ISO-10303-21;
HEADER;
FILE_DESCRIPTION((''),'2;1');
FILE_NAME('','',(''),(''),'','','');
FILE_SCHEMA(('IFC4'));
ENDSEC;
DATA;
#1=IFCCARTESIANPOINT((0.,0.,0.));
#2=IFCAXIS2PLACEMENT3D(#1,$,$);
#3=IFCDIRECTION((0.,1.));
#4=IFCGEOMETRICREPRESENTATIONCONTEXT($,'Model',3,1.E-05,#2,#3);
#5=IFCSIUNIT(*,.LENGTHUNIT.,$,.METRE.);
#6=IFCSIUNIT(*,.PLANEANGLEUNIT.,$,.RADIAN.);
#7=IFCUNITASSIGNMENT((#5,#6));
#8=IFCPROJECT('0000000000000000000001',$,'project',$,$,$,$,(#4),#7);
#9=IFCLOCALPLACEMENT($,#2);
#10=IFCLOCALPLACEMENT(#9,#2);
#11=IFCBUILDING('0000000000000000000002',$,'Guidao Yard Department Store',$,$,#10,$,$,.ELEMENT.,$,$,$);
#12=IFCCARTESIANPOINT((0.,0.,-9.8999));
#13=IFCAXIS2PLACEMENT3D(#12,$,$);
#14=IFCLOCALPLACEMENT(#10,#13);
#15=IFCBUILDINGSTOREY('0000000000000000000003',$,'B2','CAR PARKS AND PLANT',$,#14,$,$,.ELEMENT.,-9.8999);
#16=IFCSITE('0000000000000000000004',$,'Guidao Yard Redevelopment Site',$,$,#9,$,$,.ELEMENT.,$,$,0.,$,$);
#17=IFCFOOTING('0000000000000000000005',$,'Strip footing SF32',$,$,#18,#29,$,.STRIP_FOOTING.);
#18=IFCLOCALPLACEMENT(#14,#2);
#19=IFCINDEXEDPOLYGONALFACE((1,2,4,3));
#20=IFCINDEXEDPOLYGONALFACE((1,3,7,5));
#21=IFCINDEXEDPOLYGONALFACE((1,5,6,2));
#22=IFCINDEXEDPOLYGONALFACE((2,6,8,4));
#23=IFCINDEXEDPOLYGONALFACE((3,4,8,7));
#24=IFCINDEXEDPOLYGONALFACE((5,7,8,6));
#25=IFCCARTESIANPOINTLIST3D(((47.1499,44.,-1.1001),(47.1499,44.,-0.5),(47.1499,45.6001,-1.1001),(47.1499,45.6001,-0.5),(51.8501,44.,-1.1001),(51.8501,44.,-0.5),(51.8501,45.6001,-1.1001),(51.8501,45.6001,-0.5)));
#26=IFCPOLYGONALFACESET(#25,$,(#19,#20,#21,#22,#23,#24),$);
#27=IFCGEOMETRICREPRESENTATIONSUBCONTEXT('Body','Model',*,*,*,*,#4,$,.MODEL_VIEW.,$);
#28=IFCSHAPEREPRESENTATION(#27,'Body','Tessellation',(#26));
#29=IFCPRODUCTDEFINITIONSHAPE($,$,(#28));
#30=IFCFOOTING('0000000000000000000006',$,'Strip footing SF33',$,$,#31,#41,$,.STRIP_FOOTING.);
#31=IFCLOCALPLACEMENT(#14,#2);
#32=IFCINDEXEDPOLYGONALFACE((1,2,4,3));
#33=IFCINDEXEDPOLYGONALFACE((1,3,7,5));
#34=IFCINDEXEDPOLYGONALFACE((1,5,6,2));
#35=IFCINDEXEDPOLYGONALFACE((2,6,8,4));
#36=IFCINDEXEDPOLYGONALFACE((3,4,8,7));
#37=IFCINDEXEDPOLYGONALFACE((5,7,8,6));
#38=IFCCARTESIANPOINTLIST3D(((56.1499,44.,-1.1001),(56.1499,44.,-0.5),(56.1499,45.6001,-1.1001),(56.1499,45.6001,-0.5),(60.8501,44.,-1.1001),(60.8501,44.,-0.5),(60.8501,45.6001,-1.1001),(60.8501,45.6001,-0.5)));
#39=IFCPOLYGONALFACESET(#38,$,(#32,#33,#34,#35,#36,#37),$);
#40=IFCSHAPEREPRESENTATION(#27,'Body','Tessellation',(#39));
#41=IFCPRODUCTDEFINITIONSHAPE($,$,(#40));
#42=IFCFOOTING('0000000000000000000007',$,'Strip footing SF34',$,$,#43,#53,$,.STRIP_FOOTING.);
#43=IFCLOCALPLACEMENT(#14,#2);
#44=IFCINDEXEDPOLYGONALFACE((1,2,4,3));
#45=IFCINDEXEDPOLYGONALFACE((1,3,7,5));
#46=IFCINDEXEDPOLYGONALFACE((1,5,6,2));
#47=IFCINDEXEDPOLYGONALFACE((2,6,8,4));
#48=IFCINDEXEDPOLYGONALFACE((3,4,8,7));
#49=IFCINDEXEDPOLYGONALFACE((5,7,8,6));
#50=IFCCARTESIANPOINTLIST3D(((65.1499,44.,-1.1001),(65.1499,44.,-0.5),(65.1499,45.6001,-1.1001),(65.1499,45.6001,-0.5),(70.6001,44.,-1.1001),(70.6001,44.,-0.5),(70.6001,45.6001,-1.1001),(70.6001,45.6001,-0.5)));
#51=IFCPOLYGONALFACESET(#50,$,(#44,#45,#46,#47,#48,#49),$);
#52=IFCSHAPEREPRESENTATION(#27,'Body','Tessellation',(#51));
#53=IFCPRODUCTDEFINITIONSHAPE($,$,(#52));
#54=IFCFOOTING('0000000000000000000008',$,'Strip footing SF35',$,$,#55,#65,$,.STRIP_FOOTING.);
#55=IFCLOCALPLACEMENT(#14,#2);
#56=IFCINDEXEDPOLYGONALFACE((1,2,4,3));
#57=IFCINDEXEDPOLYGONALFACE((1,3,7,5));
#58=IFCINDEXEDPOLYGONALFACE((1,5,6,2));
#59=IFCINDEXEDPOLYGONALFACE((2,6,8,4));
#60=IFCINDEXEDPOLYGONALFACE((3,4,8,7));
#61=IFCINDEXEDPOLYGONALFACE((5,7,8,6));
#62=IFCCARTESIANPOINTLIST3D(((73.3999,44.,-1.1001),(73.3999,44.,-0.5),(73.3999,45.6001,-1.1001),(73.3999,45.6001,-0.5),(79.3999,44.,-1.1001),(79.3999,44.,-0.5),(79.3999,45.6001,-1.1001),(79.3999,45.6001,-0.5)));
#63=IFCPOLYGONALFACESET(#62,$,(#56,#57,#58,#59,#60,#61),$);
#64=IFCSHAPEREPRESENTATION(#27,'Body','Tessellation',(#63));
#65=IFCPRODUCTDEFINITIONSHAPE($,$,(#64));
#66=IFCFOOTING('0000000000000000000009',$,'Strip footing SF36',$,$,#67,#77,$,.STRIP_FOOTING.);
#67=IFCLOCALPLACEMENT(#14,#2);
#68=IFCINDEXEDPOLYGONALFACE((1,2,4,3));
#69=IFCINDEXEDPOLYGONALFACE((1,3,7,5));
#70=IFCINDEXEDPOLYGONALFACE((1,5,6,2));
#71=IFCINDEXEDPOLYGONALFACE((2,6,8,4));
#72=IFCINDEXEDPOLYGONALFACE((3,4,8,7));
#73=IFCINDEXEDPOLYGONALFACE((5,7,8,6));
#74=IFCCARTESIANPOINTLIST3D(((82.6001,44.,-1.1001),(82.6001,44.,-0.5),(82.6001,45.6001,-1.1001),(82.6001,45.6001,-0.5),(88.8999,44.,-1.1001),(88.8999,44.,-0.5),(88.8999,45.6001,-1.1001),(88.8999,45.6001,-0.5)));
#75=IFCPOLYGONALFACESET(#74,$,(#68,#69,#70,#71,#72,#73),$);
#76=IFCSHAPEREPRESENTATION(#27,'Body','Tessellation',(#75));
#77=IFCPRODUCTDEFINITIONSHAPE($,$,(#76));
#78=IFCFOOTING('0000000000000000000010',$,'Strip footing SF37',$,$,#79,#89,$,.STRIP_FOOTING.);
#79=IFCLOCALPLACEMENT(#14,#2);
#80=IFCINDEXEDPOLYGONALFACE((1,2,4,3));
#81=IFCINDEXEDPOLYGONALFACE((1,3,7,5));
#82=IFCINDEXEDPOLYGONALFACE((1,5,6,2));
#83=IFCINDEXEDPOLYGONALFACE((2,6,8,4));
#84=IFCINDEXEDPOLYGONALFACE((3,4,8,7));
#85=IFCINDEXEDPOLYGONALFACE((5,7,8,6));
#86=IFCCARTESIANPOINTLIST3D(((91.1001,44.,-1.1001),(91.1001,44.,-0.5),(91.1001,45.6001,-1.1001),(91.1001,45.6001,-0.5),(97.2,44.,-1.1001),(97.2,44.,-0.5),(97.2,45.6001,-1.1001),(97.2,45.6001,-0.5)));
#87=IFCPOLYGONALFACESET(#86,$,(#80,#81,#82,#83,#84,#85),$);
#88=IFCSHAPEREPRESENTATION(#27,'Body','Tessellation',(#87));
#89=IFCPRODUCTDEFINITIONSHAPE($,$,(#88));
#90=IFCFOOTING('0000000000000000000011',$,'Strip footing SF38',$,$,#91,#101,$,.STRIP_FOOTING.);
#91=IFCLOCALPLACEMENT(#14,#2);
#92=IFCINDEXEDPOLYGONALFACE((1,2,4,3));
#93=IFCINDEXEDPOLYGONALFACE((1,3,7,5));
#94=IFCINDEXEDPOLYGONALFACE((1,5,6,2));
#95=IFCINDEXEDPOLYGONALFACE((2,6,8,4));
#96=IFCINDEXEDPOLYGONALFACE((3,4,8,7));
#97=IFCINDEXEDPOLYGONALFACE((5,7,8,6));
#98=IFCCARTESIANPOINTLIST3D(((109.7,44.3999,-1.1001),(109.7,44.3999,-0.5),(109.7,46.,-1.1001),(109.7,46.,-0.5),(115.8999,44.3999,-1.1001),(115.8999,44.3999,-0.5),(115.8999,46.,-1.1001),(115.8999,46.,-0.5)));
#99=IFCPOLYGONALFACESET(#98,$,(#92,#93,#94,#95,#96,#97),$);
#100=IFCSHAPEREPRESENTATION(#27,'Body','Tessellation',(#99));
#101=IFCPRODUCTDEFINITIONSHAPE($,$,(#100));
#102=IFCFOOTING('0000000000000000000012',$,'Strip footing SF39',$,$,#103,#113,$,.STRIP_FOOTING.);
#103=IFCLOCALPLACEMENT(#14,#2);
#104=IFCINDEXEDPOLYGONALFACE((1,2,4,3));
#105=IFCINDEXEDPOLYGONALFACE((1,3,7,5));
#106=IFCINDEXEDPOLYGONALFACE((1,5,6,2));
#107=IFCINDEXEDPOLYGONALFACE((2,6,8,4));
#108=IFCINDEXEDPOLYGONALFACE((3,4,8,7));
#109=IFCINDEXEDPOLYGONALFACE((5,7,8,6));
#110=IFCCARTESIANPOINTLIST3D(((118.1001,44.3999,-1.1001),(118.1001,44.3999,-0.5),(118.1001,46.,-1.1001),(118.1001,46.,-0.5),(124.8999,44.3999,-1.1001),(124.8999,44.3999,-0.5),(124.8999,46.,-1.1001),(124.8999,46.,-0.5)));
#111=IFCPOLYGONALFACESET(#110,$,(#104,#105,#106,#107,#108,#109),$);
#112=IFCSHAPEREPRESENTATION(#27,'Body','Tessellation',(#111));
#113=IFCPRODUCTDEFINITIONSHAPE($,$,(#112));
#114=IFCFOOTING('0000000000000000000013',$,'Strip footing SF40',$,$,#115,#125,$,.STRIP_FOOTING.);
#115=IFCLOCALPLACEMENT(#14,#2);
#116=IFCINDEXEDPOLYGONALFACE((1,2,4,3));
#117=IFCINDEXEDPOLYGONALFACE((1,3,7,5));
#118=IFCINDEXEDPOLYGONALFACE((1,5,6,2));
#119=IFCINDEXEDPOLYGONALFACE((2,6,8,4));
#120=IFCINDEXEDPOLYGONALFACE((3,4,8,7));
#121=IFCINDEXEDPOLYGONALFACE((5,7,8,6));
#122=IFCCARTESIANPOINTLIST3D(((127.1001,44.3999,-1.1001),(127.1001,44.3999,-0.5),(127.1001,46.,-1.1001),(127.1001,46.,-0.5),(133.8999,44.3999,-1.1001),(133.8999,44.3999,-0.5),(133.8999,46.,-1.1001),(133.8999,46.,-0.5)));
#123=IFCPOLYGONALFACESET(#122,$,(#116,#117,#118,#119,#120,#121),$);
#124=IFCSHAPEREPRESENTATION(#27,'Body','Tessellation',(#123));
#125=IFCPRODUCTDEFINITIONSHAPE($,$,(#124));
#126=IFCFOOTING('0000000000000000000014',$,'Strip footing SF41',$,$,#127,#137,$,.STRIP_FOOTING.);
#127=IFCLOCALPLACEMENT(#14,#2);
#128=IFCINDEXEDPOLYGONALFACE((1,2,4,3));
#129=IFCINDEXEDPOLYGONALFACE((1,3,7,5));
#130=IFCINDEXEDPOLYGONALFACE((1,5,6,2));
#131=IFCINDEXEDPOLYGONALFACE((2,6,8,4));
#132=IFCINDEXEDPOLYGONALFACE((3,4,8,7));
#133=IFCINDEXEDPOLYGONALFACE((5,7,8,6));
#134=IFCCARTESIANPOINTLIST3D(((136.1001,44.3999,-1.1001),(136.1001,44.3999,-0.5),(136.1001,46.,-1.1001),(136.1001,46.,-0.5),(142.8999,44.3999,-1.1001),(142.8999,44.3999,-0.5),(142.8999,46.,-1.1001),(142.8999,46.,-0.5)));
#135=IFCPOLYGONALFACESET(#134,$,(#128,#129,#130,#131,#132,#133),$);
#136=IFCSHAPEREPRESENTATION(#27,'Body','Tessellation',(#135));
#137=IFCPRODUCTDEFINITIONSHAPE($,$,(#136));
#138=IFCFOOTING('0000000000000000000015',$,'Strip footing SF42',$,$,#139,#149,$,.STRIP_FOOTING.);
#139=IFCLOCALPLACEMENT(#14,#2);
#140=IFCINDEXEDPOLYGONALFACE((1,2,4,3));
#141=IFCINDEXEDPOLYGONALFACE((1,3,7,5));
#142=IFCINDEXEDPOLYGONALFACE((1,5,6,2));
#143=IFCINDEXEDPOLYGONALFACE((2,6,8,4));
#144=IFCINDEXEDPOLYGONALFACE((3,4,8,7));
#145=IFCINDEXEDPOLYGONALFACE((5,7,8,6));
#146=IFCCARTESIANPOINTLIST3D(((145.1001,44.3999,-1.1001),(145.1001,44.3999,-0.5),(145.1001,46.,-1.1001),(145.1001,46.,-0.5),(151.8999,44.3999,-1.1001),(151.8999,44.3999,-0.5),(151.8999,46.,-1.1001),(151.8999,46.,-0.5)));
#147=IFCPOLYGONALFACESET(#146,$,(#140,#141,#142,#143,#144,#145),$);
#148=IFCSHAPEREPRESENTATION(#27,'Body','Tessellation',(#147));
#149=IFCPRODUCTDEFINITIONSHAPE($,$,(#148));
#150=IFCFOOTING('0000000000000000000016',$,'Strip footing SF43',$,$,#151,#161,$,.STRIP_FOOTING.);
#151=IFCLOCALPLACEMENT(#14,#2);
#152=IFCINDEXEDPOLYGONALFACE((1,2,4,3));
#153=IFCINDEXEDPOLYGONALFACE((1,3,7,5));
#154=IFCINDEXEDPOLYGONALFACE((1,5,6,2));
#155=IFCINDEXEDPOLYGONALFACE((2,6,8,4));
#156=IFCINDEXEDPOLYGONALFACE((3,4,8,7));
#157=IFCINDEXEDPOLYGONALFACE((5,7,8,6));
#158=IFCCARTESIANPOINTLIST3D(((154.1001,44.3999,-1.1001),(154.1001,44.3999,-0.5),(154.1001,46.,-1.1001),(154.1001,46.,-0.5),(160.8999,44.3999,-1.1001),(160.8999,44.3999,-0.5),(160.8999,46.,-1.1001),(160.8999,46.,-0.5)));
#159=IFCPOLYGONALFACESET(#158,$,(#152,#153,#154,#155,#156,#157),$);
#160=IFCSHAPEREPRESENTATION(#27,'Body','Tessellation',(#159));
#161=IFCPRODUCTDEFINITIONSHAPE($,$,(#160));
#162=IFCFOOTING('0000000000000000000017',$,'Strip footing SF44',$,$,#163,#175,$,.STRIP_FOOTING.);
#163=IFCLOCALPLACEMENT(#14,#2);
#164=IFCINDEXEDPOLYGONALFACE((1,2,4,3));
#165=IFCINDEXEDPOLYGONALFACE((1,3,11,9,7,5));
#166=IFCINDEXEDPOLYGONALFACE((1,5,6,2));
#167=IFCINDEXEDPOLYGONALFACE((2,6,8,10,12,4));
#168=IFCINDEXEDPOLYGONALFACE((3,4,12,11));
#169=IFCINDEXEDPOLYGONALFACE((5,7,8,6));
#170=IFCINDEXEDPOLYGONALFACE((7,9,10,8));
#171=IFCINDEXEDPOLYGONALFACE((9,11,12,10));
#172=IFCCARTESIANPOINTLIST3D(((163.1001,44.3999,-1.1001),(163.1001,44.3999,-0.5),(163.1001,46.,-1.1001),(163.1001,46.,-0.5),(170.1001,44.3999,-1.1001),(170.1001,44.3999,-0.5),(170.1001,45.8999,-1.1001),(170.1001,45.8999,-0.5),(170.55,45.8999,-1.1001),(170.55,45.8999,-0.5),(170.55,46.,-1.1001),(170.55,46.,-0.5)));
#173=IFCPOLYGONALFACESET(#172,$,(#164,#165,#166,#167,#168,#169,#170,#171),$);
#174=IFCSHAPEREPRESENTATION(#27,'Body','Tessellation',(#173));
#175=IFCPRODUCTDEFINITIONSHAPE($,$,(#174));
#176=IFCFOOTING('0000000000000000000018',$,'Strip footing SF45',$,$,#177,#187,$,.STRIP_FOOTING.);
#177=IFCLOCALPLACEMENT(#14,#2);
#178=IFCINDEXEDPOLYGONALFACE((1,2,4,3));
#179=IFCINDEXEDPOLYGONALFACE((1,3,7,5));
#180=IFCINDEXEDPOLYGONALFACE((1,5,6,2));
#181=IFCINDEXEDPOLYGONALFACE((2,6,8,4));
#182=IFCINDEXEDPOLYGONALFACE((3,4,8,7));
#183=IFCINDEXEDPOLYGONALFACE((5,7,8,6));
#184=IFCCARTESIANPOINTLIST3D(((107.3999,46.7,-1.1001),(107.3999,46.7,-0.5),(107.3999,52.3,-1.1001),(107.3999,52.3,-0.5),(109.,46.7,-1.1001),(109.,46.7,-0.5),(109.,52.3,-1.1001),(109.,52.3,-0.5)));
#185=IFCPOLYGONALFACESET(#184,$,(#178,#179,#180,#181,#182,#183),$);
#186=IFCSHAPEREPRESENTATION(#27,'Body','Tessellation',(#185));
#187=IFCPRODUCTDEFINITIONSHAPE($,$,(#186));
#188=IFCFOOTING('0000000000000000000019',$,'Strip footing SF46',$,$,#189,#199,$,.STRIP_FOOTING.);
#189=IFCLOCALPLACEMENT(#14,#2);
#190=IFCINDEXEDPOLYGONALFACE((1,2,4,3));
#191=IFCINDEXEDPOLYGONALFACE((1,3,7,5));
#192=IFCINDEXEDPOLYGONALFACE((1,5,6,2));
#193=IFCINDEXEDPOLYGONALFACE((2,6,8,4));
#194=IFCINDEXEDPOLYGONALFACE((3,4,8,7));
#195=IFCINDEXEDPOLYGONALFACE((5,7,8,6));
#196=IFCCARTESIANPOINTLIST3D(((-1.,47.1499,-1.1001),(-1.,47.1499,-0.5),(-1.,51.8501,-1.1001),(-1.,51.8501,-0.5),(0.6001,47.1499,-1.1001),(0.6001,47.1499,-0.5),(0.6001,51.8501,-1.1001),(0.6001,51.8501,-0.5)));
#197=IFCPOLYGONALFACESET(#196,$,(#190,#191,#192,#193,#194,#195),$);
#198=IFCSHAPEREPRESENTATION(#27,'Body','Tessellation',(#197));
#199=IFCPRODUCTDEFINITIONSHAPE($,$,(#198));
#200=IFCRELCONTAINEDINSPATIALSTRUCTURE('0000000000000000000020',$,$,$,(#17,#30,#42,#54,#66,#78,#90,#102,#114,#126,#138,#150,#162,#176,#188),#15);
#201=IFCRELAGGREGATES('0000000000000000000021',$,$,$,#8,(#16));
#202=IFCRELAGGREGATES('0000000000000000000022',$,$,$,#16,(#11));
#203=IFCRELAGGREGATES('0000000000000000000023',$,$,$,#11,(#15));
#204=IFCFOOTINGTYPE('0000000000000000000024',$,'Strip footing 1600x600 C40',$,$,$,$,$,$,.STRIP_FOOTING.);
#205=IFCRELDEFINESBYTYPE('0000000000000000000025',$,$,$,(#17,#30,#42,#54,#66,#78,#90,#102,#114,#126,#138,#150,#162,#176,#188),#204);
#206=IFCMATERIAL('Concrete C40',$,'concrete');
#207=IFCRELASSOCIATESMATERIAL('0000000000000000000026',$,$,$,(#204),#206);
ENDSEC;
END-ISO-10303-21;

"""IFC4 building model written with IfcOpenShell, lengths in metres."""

from ifc_helpers import new_model, si_unit, direction, frame, origin, place, context, subcontext, project, spatial, polyline, outline, extrude, material, type_object, element, save


model = new_model("IFC4")

# Units and contexts
model_context = context("Model", 3, precision=1e-05, world=origin(), true_north=direction((0.0, 1.0)))
body_context = subcontext(model_context, "Body", "Model", "MODEL_VIEW")
ifc_project = project(units=[si_unit("LENGTHUNIT", "METRE"), si_unit("PLANEANGLEUNIT", "RADIAN")], contexts=[model_context])

# Site, building, storey
site_placement = place(None, origin())
site = spatial("IfcSite", under=ifc_project, at=site_placement, Name="Guidao Yard Redevelopment Site", CompositionType="ELEMENT", RefElevation=0.0)
building_placement = place(site_placement, origin())
building = spatial("IfcBuilding", under=site, at=building_placement, Name="Guidao Yard Department Store", CompositionType="ELEMENT")
storey_placement = place(building_placement, frame((0.0, 0.0, -9.8999)))
storey = spatial("IfcBuildingStorey", under=building, at=storey_placement, Name="B2", Description="CAR PARKS AND PLANT", CompositionType="ELEMENT", Elevation=-9.8999)

# Footings
ifc_material_1 = material(Name="Concrete C40", Category="concrete")
footing_type_1 = type_object("IfcFootingType", Name="Strip footing 1600x600 C40", PredefinedType="STRIP_FOOTING", material=ifc_material_1)
footing_1_placement = place(storey_placement, frame((0.0, 0.0, -1.1001)))
element("IfcFooting", 1, at=footing_1_placement, inside=storey, type_object=footing_type_1, Name="Strip footing SF32", PredefinedType="STRIP_FOOTING", context=body_context, shape_type="SweptSolid", body=[
    extrude(outline(polyline([(47.1499, 44.0), (51.8501, 44.0), (51.8501, 45.6001), (47.1499, 45.6001), (47.1499, 44.0)])), origin(), (0.0, 0.0, 1.0), 0.6001),
])
footing_2_placement = place(storey_placement, frame((0.0, 0.0, -1.1001)))
element("IfcFooting", 2, at=footing_2_placement, inside=storey, type_object=footing_type_1, Name="Strip footing SF33", PredefinedType="STRIP_FOOTING", context=body_context, shape_type="SweptSolid", body=[
    extrude(outline(polyline([(56.1499, 44.0), (60.8501, 44.0), (60.8501, 45.6001), (56.1499, 45.6001), (56.1499, 44.0)])), origin(), (0.0, 0.0, 1.0), 0.6001),
])
footing_3_placement = place(storey_placement, frame((0.0, 0.0, -1.1001)))
element("IfcFooting", 3, at=footing_3_placement, inside=storey, type_object=footing_type_1, Name="Strip footing SF34", PredefinedType="STRIP_FOOTING", context=body_context, shape_type="SweptSolid", body=[
    extrude(outline(polyline([(65.1499, 44.0), (70.6001, 44.0), (70.6001, 45.6001), (65.1499, 45.6001), (65.1499, 44.0)])), origin(), (0.0, 0.0, 1.0), 0.6001),
])
footing_4_placement = place(storey_placement, frame((0.0, 0.0, -1.1001)))
element("IfcFooting", 4, at=footing_4_placement, inside=storey, type_object=footing_type_1, Name="Strip footing SF35", PredefinedType="STRIP_FOOTING", context=body_context, shape_type="SweptSolid", body=[
    extrude(outline(polyline([(79.3999, 45.6001), (73.3999, 45.6001), (73.3999, 44.0), (79.3999, 44.0), (79.3999, 45.6001)])), origin(), (0.0, 0.0, 1.0), 0.6001),
])
footing_5_placement = place(storey_placement, frame((0.0, 0.0, -1.1001)))
element("IfcFooting", 5, at=footing_5_placement, inside=storey, type_object=footing_type_1, Name="Strip footing SF36", PredefinedType="STRIP_FOOTING", context=body_context, shape_type="SweptSolid", body=[
    extrude(outline(polyline([(82.6001, 44.0), (88.8999, 44.0), (88.8999, 45.6001), (82.6001, 45.6001), (82.6001, 44.0)])), origin(), (0.0, 0.0, 1.0), 0.6001),
])
footing_6_placement = place(storey_placement, frame((0.0, 0.0, -1.1001)))
element("IfcFooting", 6, at=footing_6_placement, inside=storey, type_object=footing_type_1, Name="Strip footing SF37", PredefinedType="STRIP_FOOTING", context=body_context, shape_type="SweptSolid", body=[
    extrude(outline(polyline([(97.2, 45.6001), (91.1001, 45.6001), (91.1001, 44.0), (97.2, 44.0), (97.2, 45.6001)])), origin(), (0.0, 0.0, 1.0), 0.6001),
])
footing_7_placement = place(storey_placement, frame((0.0, 0.0, -1.1001)))
element("IfcFooting", 7, at=footing_7_placement, inside=storey, type_object=footing_type_1, Name="Strip footing SF38", PredefinedType="STRIP_FOOTING", context=body_context, shape_type="SweptSolid", body=[
    extrude(outline(polyline([(115.8999, 46.0), (109.7, 46.0), (109.7, 44.3999), (115.8999, 44.3999), (115.8999, 46.0)])), origin(), (0.0, 0.0, 1.0), 0.6001),
])
footing_8_placement = place(storey_placement, frame((0.0, 0.0, -1.1001)))
element("IfcFooting", 8, at=footing_8_placement, inside=storey, type_object=footing_type_1, Name="Strip footing SF39", PredefinedType="STRIP_FOOTING", context=body_context, shape_type="SweptSolid", body=[
    extrude(outline(polyline([(118.1001, 44.3999), (124.8999, 44.3999), (124.8999, 46.0), (118.1001, 46.0), (118.1001, 44.3999)])), origin(), (0.0, 0.0, 1.0), 0.6001),
])
footing_9_placement = place(storey_placement, frame((0.0, 0.0, -1.1001)))
element("IfcFooting", 9, at=footing_9_placement, inside=storey, type_object=footing_type_1, Name="Strip footing SF40", PredefinedType="STRIP_FOOTING", context=body_context, shape_type="SweptSolid", body=[
    extrude(outline(polyline([(127.1001, 44.3999), (133.8999, 44.3999), (133.8999, 46.0), (127.1001, 46.0), (127.1001, 44.3999)])), origin(), (0.0, 0.0, 1.0), 0.6001),
])
footing_10_placement = place(storey_placement, frame((0.0, 0.0, -1.1001)))
element("IfcFooting", 10, at=footing_10_placement, inside=storey, type_object=footing_type_1, Name="Strip footing SF41", PredefinedType="STRIP_FOOTING", context=body_context, shape_type="SweptSolid", body=[
    extrude(outline(polyline([(136.1001, 44.3999), (142.8999, 44.3999), (142.8999, 46.0), (136.1001, 46.0), (136.1001, 44.3999)])), origin(), (0.0, 0.0, 1.0), 0.6001),
])
footing_11_placement = place(storey_placement, frame((0.0, 0.0, -1.1001)))
element("IfcFooting", 11, at=footing_11_placement, inside=storey, type_object=footing_type_1, Name="Strip footing SF42", PredefinedType="STRIP_FOOTING", context=body_context, shape_type="SweptSolid", body=[
    extrude(outline(polyline([(145.1001, 44.3999), (151.8999, 44.3999), (151.8999, 46.0), (145.1001, 46.0), (145.1001, 44.3999)])), origin(), (0.0, 0.0, 1.0), 0.6001),
])
footing_12_placement = place(storey_placement, frame((0.0, 0.0, -1.1001)))
element("IfcFooting", 12, at=footing_12_placement, inside=storey, type_object=footing_type_1, Name="Strip footing SF43", PredefinedType="STRIP_FOOTING", context=body_context, shape_type="SweptSolid", body=[
    extrude(outline(polyline([(154.1001, 44.3999), (160.8999, 44.3999), (160.8999, 46.0), (154.1001, 46.0), (154.1001, 44.3999)])), origin(), (0.0, 0.0, 1.0), 0.6001),
])
footing_13_placement = place(storey_placement, frame((0.0, 0.0, -1.1001)))
element("IfcFooting", 13, at=footing_13_placement, inside=storey, type_object=footing_type_1, Name="Strip footing SF44", PredefinedType="STRIP_FOOTING", context=body_context, shape_type="SweptSolid", body=[
    extrude(outline(polyline([(170.55, 46.0), (163.1001, 46.0), (163.1001, 44.3999), (170.1001, 44.3999), (170.1001, 45.8999), (170.55, 45.8999), (170.55, 46.0)])), origin(), (0.0, 0.0, 1.0), 0.6001),
])
footing_14_placement = place(storey_placement, frame((0.0, 0.0, -1.1001)))
element("IfcFooting", 14, at=footing_14_placement, inside=storey, type_object=footing_type_1, Name="Strip footing SF45", PredefinedType="STRIP_FOOTING", context=body_context, shape_type="SweptSolid", body=[
    extrude(outline(polyline([(109.0, 46.7), (109.0, 52.3), (107.3999, 52.3), (107.3999, 46.7), (109.0, 46.7)])), origin(), (0.0, 0.0, 1.0), 0.6001),
])
footing_15_placement = place(storey_placement, frame((0.0, 0.0, -1.1001)))
element("IfcFooting", 15, at=footing_15_placement, inside=storey, type_object=footing_type_1, Name="Strip footing SF46", PredefinedType="STRIP_FOOTING", context=body_context, shape_type="SweptSolid", body=[
    extrude(outline(polyline([(0.6001, 47.1499), (0.6001, 51.8501), (-1.0, 51.8501), (-1.0, 47.1499), (0.6001, 47.1499)])), origin(), (0.0, 0.0, 1.0), 0.6001),
])

save(model, "model.ifc")
